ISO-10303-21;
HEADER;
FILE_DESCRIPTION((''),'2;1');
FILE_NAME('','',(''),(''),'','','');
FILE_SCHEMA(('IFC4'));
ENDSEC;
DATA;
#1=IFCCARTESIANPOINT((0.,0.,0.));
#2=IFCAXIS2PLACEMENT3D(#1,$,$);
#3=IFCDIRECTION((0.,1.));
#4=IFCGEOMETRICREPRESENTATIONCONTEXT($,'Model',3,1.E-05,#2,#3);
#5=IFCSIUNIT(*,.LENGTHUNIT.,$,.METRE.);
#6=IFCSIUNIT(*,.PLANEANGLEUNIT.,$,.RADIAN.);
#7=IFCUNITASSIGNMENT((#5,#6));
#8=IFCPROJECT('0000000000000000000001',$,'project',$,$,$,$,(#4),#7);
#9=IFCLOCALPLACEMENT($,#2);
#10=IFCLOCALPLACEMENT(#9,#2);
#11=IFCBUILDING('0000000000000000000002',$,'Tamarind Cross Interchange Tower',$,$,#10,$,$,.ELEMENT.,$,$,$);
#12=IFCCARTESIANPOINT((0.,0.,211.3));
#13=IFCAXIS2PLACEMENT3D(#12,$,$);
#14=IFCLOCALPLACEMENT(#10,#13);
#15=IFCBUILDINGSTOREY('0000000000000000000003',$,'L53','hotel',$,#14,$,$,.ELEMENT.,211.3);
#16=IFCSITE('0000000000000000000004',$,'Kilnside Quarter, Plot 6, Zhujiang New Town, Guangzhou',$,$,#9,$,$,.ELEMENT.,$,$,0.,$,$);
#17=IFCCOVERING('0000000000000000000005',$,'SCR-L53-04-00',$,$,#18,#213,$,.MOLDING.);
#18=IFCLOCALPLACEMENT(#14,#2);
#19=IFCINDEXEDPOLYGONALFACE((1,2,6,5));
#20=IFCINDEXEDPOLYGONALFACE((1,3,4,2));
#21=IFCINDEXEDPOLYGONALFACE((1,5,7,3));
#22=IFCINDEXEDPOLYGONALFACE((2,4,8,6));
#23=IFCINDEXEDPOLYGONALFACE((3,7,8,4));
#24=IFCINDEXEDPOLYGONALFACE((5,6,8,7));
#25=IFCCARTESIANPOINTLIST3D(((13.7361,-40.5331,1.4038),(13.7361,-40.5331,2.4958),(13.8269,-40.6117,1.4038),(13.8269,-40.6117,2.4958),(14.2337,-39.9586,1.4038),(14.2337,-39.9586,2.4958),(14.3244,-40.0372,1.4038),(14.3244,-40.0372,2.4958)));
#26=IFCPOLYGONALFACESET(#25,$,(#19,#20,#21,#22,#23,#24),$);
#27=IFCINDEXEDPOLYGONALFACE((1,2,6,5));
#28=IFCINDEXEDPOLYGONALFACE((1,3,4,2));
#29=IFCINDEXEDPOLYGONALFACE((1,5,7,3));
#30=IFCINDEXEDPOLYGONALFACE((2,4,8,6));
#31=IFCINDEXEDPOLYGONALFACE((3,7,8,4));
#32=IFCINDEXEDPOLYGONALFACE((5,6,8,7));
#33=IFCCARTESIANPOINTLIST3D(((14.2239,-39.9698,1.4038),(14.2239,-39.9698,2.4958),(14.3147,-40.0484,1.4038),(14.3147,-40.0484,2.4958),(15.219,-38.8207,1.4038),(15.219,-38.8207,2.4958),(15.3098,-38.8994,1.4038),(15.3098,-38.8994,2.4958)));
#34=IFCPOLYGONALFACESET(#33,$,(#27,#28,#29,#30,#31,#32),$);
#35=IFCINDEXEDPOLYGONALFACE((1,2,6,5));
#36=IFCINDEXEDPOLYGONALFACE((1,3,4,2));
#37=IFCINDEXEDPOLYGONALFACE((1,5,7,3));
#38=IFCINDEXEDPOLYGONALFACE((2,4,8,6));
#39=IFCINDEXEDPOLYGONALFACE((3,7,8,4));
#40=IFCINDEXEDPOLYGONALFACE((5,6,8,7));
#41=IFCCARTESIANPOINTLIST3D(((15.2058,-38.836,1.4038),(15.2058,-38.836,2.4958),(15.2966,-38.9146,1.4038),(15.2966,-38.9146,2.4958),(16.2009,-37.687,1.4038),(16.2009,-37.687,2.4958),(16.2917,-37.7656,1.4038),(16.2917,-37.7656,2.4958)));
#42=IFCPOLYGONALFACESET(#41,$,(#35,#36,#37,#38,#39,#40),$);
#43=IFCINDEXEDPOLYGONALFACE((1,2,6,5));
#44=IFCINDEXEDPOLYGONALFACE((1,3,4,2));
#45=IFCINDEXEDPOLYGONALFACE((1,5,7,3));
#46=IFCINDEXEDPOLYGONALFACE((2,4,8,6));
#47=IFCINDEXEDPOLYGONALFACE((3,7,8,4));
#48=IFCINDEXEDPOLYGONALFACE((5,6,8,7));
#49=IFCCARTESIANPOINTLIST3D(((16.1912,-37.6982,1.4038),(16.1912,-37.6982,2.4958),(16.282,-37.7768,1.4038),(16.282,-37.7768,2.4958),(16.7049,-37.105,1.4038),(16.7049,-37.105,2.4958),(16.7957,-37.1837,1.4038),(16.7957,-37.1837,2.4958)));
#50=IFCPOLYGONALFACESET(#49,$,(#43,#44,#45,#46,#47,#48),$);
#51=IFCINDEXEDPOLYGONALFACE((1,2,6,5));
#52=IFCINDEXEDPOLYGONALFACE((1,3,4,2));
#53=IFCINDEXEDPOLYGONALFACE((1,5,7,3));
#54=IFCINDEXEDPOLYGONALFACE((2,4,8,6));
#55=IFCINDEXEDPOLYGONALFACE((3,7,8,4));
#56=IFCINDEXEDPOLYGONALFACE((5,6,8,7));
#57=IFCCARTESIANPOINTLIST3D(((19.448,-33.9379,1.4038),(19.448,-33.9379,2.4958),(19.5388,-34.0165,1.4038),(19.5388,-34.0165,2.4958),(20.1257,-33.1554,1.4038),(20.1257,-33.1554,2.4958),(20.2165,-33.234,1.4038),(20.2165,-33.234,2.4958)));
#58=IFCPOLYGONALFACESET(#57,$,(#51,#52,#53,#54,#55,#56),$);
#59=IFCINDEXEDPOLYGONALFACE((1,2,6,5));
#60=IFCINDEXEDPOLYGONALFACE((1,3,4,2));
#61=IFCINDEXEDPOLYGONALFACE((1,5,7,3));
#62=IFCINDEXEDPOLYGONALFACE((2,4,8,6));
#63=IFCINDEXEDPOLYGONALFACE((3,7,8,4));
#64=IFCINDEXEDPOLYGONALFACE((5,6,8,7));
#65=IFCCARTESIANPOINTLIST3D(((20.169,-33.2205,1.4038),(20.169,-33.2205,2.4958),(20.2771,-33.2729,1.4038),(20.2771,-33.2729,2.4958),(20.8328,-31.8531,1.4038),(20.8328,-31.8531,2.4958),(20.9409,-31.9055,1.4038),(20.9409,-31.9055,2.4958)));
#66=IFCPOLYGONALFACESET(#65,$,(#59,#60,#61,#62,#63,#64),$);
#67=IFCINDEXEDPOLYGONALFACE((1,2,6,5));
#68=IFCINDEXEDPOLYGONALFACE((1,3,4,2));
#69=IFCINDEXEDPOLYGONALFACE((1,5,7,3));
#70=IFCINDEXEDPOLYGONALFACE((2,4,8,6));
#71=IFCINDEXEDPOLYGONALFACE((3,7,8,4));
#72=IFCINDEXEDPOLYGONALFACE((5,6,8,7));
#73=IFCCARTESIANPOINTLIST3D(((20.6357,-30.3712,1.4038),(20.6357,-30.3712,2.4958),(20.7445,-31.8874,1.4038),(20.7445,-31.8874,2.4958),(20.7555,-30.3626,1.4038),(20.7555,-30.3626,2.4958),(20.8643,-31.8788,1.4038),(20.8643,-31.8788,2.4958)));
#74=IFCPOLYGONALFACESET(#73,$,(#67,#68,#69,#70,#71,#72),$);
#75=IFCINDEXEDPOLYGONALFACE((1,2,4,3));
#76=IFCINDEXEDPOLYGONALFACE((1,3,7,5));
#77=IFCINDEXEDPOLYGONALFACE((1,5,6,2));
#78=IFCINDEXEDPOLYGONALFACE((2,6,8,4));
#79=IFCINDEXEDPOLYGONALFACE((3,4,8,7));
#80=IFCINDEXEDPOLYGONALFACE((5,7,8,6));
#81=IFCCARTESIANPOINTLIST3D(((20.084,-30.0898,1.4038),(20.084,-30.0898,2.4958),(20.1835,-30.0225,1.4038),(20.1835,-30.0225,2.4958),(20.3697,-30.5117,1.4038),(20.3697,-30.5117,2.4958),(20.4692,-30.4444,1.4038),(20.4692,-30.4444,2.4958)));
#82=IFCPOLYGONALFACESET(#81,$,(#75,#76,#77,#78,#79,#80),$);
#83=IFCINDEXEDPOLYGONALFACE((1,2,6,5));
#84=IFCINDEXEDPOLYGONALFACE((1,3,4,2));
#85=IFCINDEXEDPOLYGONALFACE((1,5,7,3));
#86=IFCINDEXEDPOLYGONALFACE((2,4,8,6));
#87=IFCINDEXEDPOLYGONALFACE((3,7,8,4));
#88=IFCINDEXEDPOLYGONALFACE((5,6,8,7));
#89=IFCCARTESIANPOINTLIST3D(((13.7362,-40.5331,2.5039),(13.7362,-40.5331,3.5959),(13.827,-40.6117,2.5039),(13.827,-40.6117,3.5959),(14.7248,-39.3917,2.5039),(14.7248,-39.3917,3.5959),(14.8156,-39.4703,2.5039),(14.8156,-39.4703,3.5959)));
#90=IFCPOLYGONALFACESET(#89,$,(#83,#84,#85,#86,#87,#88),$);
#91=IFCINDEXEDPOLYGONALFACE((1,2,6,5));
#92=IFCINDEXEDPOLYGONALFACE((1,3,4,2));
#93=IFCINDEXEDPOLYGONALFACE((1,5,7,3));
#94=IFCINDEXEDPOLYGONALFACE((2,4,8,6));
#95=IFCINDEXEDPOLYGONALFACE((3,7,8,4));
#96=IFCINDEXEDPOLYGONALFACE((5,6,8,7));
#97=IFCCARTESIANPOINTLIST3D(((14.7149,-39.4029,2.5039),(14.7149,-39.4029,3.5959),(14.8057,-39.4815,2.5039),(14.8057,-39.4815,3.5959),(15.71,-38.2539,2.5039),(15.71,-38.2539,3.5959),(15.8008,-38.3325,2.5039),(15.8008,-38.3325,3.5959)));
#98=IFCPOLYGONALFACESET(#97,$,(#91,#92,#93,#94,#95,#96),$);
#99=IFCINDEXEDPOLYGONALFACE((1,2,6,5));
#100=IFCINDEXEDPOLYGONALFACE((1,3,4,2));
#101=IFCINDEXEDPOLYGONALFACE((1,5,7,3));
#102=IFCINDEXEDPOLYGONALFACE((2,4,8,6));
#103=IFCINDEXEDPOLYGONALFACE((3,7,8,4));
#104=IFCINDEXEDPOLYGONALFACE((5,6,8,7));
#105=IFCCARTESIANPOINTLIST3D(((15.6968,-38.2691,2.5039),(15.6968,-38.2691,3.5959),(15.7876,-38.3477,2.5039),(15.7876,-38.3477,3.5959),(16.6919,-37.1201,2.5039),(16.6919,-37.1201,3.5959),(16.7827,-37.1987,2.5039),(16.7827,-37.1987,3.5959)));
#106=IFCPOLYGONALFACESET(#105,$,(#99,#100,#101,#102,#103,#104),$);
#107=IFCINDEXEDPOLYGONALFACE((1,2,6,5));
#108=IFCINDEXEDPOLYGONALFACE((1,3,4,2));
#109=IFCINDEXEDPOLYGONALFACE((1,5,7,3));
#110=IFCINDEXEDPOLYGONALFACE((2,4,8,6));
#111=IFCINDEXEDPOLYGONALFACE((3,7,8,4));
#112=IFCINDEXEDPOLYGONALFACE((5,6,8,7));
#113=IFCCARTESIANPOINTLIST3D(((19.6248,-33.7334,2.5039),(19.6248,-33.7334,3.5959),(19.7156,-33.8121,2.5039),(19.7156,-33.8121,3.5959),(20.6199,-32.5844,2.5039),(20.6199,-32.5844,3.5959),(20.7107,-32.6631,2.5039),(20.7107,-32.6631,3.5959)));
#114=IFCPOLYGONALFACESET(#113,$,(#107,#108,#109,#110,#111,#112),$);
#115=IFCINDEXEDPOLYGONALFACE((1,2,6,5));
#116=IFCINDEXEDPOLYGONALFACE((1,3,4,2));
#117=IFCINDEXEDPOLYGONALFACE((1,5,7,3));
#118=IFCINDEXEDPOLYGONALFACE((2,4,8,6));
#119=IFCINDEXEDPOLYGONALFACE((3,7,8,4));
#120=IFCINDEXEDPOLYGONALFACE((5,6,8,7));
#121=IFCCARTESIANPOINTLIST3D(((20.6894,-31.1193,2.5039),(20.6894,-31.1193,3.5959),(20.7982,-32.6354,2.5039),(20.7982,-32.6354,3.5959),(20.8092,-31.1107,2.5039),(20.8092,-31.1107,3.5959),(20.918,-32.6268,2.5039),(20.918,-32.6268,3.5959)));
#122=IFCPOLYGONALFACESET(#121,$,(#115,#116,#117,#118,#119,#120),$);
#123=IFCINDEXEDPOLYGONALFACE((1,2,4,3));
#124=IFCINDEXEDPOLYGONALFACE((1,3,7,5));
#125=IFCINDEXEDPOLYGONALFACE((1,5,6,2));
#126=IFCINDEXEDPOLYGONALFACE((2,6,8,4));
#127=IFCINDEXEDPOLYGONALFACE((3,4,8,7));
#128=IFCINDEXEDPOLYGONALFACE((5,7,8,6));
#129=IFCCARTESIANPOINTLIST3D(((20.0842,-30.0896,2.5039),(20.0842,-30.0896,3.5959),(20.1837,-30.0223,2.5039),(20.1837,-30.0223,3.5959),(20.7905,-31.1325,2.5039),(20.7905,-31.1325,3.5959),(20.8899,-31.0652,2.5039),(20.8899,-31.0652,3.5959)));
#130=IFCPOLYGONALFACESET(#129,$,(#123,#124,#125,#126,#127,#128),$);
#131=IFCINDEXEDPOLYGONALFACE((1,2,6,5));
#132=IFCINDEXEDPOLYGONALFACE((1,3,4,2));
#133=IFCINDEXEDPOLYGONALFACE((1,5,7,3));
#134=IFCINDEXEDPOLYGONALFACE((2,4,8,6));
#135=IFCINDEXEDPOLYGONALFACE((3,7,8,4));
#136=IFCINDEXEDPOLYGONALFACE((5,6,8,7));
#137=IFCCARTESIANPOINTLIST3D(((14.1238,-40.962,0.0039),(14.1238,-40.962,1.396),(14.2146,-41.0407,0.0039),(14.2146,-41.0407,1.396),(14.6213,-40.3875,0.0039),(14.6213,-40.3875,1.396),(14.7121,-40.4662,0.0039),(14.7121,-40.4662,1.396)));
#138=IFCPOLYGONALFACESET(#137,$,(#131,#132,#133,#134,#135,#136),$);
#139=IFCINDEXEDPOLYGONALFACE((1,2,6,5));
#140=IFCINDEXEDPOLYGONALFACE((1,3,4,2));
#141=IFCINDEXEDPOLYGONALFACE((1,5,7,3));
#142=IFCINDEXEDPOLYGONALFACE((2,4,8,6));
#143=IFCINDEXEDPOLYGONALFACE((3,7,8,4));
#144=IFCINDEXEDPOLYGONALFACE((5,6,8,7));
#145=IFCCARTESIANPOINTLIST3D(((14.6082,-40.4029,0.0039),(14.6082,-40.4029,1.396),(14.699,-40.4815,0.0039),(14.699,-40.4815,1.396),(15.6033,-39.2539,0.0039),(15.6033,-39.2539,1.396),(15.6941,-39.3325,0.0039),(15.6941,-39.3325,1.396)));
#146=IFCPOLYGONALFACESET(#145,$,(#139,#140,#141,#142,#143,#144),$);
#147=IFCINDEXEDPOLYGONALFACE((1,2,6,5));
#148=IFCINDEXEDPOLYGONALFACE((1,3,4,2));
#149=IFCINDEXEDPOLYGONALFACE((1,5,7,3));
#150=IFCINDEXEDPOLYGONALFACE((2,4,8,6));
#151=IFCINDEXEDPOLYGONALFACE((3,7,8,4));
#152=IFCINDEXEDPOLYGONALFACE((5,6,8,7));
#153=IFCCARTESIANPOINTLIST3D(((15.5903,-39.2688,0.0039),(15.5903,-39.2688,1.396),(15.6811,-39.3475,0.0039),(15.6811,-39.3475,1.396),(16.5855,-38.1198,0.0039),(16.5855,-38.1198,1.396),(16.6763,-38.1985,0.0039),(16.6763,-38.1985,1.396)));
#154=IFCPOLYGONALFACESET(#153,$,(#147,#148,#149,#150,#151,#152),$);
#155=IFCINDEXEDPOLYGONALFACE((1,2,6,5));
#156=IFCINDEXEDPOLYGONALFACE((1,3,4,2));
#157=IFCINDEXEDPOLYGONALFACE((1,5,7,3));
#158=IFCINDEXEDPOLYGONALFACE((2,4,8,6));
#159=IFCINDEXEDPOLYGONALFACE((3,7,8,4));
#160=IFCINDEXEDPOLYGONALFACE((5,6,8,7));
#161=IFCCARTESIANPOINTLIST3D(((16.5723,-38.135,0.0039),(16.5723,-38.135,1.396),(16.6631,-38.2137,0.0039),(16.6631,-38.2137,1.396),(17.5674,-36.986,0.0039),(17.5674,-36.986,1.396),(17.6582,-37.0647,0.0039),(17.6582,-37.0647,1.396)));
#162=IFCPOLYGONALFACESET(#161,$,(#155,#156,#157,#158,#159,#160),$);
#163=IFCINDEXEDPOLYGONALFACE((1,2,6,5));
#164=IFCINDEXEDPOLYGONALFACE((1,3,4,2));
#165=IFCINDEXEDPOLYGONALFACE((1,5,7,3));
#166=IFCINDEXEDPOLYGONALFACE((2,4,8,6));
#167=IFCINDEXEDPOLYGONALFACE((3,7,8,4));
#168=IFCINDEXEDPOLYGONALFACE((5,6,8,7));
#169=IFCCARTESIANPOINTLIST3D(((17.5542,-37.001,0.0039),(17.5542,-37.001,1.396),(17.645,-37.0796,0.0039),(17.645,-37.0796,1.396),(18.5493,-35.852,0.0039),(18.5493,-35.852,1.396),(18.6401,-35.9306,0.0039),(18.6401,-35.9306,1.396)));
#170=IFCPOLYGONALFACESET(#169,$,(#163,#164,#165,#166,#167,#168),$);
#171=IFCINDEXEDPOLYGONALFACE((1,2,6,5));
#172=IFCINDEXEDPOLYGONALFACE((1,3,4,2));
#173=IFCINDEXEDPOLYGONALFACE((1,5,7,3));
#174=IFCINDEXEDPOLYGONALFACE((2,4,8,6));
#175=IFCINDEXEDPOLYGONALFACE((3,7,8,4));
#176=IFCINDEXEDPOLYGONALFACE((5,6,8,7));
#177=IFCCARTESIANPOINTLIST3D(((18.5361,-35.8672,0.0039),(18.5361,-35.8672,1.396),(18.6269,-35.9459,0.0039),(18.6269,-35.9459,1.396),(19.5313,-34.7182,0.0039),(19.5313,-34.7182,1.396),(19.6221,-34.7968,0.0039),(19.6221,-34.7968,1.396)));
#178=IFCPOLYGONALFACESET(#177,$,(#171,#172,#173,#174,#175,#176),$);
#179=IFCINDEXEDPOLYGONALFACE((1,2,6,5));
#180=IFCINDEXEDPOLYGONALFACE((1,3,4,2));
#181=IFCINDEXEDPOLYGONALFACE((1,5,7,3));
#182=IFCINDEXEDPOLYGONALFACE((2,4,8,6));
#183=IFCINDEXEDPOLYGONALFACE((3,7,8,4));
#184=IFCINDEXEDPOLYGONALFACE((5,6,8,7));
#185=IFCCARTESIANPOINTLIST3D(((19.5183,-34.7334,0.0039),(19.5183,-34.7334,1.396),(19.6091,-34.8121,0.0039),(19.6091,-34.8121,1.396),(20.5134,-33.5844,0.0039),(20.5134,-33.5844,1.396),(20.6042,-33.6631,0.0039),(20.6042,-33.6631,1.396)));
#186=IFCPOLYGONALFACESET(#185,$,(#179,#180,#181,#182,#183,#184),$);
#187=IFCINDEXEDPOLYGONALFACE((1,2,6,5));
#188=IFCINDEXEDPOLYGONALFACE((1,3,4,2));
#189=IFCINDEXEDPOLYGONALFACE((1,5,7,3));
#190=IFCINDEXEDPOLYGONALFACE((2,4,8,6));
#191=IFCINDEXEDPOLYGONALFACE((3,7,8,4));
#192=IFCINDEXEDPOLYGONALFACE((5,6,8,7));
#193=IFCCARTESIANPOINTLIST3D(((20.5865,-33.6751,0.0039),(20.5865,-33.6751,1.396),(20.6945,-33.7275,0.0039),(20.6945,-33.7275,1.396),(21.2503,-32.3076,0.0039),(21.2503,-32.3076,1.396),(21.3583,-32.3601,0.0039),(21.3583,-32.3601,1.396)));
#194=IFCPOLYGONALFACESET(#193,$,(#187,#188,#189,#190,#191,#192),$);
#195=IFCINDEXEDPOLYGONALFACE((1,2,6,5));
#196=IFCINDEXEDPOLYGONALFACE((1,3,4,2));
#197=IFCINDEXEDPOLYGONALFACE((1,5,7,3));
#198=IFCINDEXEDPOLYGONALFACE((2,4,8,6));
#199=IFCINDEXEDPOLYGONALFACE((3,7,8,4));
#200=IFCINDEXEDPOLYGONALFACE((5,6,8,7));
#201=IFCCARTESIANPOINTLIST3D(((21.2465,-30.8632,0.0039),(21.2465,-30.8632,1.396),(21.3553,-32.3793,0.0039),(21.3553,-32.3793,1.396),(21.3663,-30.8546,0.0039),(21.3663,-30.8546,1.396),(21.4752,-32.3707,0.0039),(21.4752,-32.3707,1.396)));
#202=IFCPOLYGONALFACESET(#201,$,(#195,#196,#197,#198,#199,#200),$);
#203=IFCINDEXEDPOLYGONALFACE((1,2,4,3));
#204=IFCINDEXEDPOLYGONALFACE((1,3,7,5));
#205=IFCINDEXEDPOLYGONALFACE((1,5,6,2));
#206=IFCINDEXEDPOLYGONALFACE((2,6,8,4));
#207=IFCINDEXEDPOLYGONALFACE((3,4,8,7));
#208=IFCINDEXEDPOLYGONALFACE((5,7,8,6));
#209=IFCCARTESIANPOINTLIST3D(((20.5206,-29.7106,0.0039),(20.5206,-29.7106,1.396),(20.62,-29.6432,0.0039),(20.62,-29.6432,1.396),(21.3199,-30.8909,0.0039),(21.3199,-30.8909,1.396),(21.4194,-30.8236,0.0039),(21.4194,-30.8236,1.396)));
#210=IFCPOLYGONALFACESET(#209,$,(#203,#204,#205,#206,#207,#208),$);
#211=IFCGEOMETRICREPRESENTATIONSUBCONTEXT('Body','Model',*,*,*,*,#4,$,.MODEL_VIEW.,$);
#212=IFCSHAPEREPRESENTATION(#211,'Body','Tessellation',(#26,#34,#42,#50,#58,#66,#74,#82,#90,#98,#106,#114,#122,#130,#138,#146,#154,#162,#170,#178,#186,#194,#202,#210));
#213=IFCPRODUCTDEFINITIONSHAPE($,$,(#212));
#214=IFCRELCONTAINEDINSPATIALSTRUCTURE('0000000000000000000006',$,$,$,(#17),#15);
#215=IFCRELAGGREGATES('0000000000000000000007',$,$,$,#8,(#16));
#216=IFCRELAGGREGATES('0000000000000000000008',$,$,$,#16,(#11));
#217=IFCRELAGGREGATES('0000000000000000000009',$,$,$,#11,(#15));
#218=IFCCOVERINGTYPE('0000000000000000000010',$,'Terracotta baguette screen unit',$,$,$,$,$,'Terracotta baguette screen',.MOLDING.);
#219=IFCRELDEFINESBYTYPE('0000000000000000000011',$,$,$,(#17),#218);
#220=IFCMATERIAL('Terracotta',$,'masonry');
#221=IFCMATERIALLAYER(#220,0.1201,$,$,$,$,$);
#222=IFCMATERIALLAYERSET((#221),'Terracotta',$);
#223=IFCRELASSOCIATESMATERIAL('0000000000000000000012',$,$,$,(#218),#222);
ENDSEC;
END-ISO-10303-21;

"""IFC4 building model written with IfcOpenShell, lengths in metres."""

from ifc_helpers import new_model, si_unit, direction, frame, origin, origin_2d, place, context, subcontext, project, spatial, rectangle, extrude, material, layer, layer_set, type_object, element, save


model = new_model("IFC4")

# Units and contexts
model_context = context("Model", 3, precision=1e-05, world=origin(), true_north=direction((0.0, 1.0)))
body_context = subcontext(model_context, "Body", "Model", "MODEL_VIEW")
ifc_project = project(units=[si_unit("LENGTHUNIT", "METRE"), si_unit("PLANEANGLEUNIT", "RADIAN")], contexts=[model_context])

# Site, building, storey
site_placement = place(None, origin())
site = spatial("IfcSite", under=ifc_project, at=site_placement, Name="Kilnside Quarter, Plot 6, Zhujiang New Town, Guangzhou", CompositionType="ELEMENT", RefElevation=0.0)
building_placement = place(site_placement, origin())
building = spatial("IfcBuilding", under=site, at=building_placement, Name="Tamarind Cross Interchange Tower", CompositionType="ELEMENT")
storey_placement = place(building_placement, frame((0.0, 0.0, 211.3)))
storey = spatial("IfcBuildingStorey", under=building, at=storey_placement, Name="L53", Description="hotel", CompositionType="ELEMENT", Elevation=211.3)

# Covering
ifc_material_1 = material(Name="Terracotta", Category="masonry")
ifc_layer_1 = layer(ifc_material_1, 0.1201)
ifc_layer_set_1 = layer_set([ifc_layer_1], Name="Terracotta")
covering_type = type_object("IfcCoveringType", Name="Terracotta baguette screen unit", ElementType="Terracotta baguette screen", PredefinedType="MOLDING", material=ifc_layer_set_1)
covering_1_placement = place(storey_placement, origin())
element("IfcCovering", 1, at=covering_1_placement, inside=storey, type_object=covering_type, Name="SCR-L53-04-00", PredefinedType="MOLDING", context=body_context, shape_type="SweptSolid", body=[
    extrude(rectangle(XDim=0.76, YDim=0.1201, at=origin_2d()), frame((14.0303, -40.2852, 1.4038), z_axis=(0.0, 0.0, 1.0), x_axis=(0.654667, 0.755917, 0.0)), (0.0, 0.0, 1.0), 1.092),
    extrude(rectangle(XDim=1.52, YDim=0.1201, at=origin_2d()), frame((14.7668, -39.4346, 1.4038), z_axis=(0.0, 0.0, 1.0), x_axis=(0.654667, 0.755917, 0.0)), (0.0, 0.0, 1.0), 1.092),
    extrude(rectangle(XDim=1.52, YDim=0.1201, at=origin_2d()), frame((15.7488, -38.3008, 1.4038), z_axis=(0.0, 0.0, 1.0), x_axis=(0.654667, 0.755917, 0.0)), (0.0, 0.0, 1.0), 1.092),
    extrude(rectangle(XDim=0.7847, YDim=0.1201, at=origin_2d()), frame((16.4934, -37.4409, 1.4038), z_axis=(0.0, 0.0, 1.0), x_axis=(0.654667, 0.755917, 0.0)), (0.0, 0.0, 1.0), 1.092),
    extrude(rectangle(XDim=1.0352, YDim=0.1201, at=origin_2d()), frame((19.8323, -33.5859, 1.4038), z_axis=(0.0, 0.0, 1.0), x_axis=(0.654667, 0.755917, 0.0)), (0.0, 0.0, 1.0), 1.092),
    extrude(rectangle(XDim=1.52, YDim=0.1201, at=origin_2d()), frame((20.5549, -32.563, 1.4038), z_axis=(0.0, 0.0, 1.0), x_axis=(0.436714, 0.8996, 0.0)), (0.0, 0.0, 1.0), 1.092),
    extrude(rectangle(XDim=1.52, YDim=0.1201, at=origin_2d()), frame((20.75, -31.125, 1.4038), z_axis=(0.0, 0.0, 1.0), x_axis=(-0.071595, 0.997434, 0.0)), (0.0, 0.0, 1.0), 1.092),
    extrude(rectangle(XDim=0.5095, YDim=0.1201, at=origin_2d()), frame((20.2766, -30.2671, 1.4038), z_axis=(0.0, 0.0, 1.0), x_axis=(-0.56072, 0.828006, 0.0)), (0.0, 0.0, 1.0), 1.092),
    extrude(rectangle(XDim=1.51, YDim=0.1201, at=origin_2d()), frame((14.2759, -40.0017, 2.5039), z_axis=(0.0, 0.0, 1.0), x_axis=(0.654667, 0.755917, 0.0)), (0.0, 0.0, 1.0), 1.092),
    extrude(rectangle(XDim=1.52, YDim=0.1201, at=origin_2d()), frame((15.2578, -38.8677, 2.5039), z_axis=(0.0, 0.0, 1.0), x_axis=(0.654667, 0.755917, 0.0)), (0.0, 0.0, 1.0), 1.092),
    extrude(rectangle(XDim=1.52, YDim=0.1201, at=origin_2d()), frame((16.2397, -37.7339, 2.5039), z_axis=(0.0, 0.0, 1.0), x_axis=(0.654667, 0.755917, 0.0)), (0.0, 0.0, 1.0), 1.092),
    extrude(rectangle(XDim=1.52, YDim=0.1201, at=origin_2d()), frame((20.1677, -33.1982, 2.5039), z_axis=(0.0, 0.0, 1.0), x_axis=(0.654667, 0.755917, 0.0)), (0.0, 0.0, 1.0), 1.092),
    extrude(rectangle(XDim=1.52, YDim=0.1201, at=origin_2d()), frame((20.8037, -31.873, 2.5039), z_axis=(0.0, 0.0, 1.0), x_axis=(-0.071595, 0.997434, 0.0)), (0.0, 0.0, 1.0), 1.092),
    extrude(rectangle(XDim=1.2595, YDim=0.1201, at=origin_2d()), frame((20.4871, -30.5774, 2.5039), z_axis=(0.0, 0.0, 1.0), x_axis=(-0.56072, 0.828006, 0.0)), (0.0, 0.0, 1.0), 1.092),
    extrude(rectangle(XDim=0.76, YDim=0.1201, at=origin_2d()), frame((14.418, -40.7141, 0.0039), z_axis=(0.0, 0.0, 1.0), x_axis=(0.654667, 0.755917, 0.0)), (0.0, 0.0, 1.0), 1.3921),
    extrude(rectangle(XDim=1.52, YDim=0.1201, at=origin_2d()), frame((15.1511, -39.8677, 0.0039), z_axis=(0.0, 0.0, 1.0), x_axis=(0.654667, 0.755917, 0.0)), (0.0, 0.0, 1.0), 1.3921),
    extrude(rectangle(XDim=1.52, YDim=0.1201, at=origin_2d()), frame((16.1333, -38.7336, 0.0039), z_axis=(0.0, 0.0, 1.0), x_axis=(0.654667, 0.755917, 0.0)), (0.0, 0.0, 1.0), 1.3921),
    extrude(rectangle(XDim=1.52, YDim=0.1201, at=origin_2d()), frame((17.1152, -37.5999, 0.0039), z_axis=(0.0, 0.0, 1.0), x_axis=(0.654667, 0.755917, 0.0)), (0.0, 0.0, 1.0), 1.3921),
    extrude(rectangle(XDim=1.52, YDim=0.1201, at=origin_2d()), frame((18.0972, -36.4658, 0.0039), z_axis=(0.0, 0.0, 1.0), x_axis=(0.654667, 0.755917, 0.0)), (0.0, 0.0, 1.0), 1.3921),
    extrude(rectangle(XDim=1.52, YDim=0.1201, at=origin_2d()), frame((19.0791, -35.332, 0.0039), z_axis=(0.0, 0.0, 1.0), x_axis=(0.654667, 0.755917, 0.0)), (0.0, 0.0, 1.0), 1.3921),
    extrude(rectangle(XDim=1.52, YDim=0.1201, at=origin_2d()), frame((20.0613, -34.1982, 0.0039), z_axis=(0.0, 0.0, 1.0), x_axis=(0.654667, 0.755917, 0.0)), (0.0, 0.0, 1.0), 1.3921),
    extrude(rectangle(XDim=1.52, YDim=0.1201, at=origin_2d()), frame((20.9724, -33.0176, 0.0039), z_axis=(0.0, 0.0, 1.0), x_axis=(0.436714, 0.8996, 0.0)), (0.0, 0.0, 1.0), 1.3921),
    extrude(rectangle(XDim=1.52, YDim=0.1201, at=origin_2d()), frame((21.3608, -31.6169, 0.0039), z_axis=(0.0, 0.0, 1.0), x_axis=(-0.071595, 0.997434, 0.0)), (0.0, 0.0, 1.0), 1.3921),
    extrude(rectangle(XDim=1.4255, YDim=0.1201, at=origin_2d()), frame((20.97, -30.2671, 0.0039), z_axis=(0.0, 0.0, 1.0), x_axis=(-0.56072, 0.828006, 0.0)), (0.0, 0.0, 1.0), 1.3921),
])

save(model, "model.ifc")
